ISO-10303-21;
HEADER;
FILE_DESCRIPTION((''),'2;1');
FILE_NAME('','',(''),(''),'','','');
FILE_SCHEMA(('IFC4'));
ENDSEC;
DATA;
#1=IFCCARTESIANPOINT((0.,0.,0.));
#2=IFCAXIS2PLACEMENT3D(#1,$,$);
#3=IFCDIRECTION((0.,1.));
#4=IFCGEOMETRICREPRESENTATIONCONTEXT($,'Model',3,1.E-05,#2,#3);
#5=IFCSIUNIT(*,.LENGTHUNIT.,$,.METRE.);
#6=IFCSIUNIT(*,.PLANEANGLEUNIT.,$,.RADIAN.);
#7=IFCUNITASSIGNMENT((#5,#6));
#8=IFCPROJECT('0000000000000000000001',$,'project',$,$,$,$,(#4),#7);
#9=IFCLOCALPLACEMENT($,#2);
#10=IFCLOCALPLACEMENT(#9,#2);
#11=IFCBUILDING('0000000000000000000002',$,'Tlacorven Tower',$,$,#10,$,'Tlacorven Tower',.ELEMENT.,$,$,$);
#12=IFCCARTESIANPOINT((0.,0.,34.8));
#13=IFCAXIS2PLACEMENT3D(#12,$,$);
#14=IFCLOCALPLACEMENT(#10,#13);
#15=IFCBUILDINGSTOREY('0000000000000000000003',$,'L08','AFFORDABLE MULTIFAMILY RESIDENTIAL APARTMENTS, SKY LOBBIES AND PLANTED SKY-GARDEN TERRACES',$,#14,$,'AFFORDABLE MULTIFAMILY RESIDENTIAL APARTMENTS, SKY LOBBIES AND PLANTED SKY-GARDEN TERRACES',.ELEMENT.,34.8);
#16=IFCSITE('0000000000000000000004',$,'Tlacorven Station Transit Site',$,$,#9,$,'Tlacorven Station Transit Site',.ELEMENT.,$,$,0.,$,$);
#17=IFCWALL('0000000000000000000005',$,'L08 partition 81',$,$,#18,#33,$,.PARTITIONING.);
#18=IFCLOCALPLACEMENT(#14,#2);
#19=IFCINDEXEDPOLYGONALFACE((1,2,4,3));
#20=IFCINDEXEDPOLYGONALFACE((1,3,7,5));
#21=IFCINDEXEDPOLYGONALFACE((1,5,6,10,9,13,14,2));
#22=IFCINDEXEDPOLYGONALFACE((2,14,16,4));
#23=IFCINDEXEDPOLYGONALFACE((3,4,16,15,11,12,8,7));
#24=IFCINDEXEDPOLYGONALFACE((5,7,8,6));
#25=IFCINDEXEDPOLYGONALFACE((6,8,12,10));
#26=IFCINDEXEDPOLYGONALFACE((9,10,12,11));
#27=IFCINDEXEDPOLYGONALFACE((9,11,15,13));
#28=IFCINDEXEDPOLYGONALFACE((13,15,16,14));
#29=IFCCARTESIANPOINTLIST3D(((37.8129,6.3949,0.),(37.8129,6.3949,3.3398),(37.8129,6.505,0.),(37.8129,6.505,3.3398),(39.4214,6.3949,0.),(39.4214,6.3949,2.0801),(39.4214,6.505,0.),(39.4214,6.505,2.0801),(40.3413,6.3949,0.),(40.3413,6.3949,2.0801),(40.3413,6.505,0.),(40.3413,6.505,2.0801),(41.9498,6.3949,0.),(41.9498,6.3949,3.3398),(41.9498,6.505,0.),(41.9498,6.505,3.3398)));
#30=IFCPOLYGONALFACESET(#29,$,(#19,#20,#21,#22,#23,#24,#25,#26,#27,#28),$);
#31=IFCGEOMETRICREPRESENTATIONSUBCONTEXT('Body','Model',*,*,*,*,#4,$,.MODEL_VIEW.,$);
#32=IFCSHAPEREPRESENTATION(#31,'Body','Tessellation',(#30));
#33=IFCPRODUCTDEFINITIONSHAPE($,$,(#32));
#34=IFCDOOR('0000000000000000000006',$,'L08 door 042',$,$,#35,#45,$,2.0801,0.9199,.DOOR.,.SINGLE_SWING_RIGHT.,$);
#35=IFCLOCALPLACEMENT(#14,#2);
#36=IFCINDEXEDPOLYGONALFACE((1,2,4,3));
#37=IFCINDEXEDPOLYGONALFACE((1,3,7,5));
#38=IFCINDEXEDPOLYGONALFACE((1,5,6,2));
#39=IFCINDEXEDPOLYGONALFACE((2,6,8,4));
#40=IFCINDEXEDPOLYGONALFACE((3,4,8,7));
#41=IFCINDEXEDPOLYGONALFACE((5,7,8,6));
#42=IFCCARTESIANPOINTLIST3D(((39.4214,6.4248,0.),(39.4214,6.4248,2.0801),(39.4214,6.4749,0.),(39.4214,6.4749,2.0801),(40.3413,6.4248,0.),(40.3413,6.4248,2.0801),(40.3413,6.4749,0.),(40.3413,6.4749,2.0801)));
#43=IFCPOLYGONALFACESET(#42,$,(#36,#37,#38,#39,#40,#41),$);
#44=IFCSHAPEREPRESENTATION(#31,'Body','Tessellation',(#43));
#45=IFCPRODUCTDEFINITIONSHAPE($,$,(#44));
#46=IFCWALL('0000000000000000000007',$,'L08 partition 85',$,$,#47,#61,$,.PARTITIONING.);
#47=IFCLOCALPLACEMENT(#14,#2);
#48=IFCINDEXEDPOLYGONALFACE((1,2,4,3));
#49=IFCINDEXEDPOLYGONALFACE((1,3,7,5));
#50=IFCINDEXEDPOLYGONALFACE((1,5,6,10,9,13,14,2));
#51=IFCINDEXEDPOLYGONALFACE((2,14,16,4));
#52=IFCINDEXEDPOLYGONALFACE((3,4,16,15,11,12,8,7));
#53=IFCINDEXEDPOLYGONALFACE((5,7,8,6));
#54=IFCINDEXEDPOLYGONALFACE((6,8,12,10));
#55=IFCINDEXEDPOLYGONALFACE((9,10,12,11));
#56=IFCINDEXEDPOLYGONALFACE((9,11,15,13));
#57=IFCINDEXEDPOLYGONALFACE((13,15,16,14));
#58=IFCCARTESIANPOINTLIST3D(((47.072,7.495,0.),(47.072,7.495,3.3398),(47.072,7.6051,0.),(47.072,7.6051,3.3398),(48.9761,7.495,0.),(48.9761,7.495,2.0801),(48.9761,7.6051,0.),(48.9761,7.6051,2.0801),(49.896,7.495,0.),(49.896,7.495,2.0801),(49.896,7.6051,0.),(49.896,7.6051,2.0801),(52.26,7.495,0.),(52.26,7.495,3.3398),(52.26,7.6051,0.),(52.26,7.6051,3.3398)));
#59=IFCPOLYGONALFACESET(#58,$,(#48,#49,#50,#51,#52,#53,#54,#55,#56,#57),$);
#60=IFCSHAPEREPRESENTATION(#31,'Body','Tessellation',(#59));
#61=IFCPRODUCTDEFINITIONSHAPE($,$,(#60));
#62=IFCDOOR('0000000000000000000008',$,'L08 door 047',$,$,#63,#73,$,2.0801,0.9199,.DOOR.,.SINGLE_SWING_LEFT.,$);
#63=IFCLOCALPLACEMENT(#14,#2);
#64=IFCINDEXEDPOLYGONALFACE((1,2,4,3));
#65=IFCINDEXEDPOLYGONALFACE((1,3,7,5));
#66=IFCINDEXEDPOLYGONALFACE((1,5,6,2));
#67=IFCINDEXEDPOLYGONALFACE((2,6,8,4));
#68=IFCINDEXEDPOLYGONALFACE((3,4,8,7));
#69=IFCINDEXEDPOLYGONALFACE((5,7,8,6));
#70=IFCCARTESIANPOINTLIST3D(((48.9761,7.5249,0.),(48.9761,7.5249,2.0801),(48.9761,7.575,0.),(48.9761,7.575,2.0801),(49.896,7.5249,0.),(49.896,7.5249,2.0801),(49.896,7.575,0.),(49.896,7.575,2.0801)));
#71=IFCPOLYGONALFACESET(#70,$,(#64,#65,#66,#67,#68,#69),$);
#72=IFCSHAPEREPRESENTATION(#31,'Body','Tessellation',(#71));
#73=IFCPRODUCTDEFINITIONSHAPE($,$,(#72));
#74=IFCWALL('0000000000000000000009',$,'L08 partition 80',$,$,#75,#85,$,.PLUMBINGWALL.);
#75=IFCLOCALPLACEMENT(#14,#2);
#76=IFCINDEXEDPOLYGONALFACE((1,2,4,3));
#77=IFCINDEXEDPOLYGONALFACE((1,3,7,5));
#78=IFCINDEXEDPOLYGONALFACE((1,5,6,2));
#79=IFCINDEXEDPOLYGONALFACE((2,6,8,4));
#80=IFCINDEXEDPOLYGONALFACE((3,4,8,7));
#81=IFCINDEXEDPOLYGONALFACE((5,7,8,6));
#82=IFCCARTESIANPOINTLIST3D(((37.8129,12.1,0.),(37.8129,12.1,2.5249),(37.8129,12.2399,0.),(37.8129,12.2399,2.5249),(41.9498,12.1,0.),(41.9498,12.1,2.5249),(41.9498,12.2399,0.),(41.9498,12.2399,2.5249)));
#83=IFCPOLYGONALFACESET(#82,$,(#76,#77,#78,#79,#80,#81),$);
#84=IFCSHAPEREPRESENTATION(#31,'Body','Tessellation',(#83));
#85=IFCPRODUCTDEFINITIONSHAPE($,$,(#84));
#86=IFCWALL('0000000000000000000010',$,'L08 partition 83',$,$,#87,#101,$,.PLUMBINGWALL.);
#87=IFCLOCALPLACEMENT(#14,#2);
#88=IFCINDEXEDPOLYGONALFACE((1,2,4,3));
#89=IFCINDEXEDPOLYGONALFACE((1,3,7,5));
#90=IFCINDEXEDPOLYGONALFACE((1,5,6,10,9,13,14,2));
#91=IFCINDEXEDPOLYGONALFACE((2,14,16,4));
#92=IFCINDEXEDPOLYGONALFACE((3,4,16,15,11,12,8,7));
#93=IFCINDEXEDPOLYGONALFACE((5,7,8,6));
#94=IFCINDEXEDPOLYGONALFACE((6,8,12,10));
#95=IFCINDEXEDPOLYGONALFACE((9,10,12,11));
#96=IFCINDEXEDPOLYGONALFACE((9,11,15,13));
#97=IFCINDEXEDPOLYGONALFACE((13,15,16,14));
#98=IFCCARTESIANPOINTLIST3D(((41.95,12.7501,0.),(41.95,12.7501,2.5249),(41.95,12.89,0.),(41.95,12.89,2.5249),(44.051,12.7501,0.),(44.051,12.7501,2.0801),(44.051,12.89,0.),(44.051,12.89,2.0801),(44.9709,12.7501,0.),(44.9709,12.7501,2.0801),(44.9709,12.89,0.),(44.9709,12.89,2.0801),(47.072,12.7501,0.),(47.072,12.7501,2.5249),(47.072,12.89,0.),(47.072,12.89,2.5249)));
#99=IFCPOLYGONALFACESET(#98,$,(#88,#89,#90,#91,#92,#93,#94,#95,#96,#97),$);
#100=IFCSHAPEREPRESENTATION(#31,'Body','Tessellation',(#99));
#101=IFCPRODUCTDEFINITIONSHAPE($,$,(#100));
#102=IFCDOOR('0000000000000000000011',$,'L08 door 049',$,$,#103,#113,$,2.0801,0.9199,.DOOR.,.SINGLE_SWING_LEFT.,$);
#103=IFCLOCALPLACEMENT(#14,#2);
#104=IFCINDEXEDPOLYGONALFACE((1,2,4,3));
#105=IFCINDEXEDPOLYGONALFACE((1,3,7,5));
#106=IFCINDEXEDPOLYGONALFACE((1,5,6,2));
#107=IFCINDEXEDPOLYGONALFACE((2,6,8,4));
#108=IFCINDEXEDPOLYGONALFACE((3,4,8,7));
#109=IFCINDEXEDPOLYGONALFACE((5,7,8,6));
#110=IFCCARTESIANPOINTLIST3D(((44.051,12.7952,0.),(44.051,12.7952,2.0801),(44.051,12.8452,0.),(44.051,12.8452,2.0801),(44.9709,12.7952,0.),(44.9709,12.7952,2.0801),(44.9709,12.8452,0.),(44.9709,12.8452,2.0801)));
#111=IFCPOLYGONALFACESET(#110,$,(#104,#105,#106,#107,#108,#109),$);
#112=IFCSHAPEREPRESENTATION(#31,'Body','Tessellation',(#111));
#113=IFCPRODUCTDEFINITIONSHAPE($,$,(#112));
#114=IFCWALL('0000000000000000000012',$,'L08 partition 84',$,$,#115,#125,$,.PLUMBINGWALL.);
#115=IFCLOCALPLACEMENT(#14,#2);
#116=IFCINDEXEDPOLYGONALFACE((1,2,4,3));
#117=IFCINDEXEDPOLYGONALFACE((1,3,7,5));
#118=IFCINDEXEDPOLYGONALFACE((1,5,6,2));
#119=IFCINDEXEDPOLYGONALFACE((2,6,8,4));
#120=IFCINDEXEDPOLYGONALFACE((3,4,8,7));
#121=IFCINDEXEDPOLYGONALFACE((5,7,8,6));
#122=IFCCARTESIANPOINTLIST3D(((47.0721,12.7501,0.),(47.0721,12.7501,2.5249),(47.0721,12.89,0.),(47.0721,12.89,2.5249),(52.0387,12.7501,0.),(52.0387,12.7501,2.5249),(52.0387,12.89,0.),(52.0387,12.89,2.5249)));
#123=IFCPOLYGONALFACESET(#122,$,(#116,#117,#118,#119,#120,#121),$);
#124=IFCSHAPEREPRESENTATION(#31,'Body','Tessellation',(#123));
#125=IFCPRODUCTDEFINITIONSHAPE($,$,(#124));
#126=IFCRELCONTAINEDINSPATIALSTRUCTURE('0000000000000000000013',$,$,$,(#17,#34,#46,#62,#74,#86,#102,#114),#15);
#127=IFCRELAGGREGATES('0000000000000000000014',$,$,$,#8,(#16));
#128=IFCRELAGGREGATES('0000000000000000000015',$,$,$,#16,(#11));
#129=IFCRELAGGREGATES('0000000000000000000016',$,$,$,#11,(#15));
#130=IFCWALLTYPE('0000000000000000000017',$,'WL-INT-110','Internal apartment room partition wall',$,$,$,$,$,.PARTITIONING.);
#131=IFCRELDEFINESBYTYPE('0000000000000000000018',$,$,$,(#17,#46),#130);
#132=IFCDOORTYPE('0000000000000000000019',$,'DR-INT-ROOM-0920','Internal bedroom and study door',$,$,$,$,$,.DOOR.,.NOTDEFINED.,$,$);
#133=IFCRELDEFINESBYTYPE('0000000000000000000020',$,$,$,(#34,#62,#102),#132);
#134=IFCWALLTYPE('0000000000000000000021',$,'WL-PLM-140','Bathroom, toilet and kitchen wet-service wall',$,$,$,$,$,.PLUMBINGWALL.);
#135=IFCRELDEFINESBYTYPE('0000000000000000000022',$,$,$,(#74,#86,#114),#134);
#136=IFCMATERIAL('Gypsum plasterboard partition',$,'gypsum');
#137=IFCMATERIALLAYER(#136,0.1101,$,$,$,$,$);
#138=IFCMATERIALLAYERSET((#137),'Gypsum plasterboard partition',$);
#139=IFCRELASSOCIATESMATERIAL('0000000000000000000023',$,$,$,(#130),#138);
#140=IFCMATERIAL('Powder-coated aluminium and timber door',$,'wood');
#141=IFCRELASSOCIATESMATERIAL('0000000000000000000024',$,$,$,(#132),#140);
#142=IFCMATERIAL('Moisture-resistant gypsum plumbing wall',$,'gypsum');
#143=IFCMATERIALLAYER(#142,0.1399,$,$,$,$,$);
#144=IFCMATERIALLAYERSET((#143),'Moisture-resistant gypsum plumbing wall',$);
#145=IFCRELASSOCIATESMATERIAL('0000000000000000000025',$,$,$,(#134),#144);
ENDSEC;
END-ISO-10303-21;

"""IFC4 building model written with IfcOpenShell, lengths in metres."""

from ifc_helpers import new_model, si_unit, direction, frame, frame_2d, origin, place, context, subcontext, project, spatial, rectangle, extrude, source, transform, mapped, material, layer, layer_set, type_object, element, fill, save


model = new_model("IFC4")

# Units and contexts
model_context = context("Model", 3, precision=1e-05, world=origin(), true_north=direction((0.0, 1.0)))
body_context = subcontext(model_context, "Body", "Model", "MODEL_VIEW")
ifc_project = project(units=[si_unit("LENGTHUNIT", "METRE"), si_unit("PLANEANGLEUNIT", "RADIAN")], contexts=[model_context])

# Site, building, storey
site_placement = place(None, origin())
site = spatial("IfcSite", under=ifc_project, at=site_placement, Name="Tlacorven Station Transit Site", LongName="Tlacorven Station Transit Site", CompositionType="ELEMENT", RefElevation=0.0)
building_placement = place(site_placement, origin())
building = spatial("IfcBuilding", under=site, at=building_placement, Name="Tlacorven Tower", LongName="Tlacorven Tower", CompositionType="ELEMENT")
storey_placement = place(building_placement, frame((0.0, 0.0, 34.8)))
storey = spatial("IfcBuildingStorey", under=building, at=storey_placement, Name="L08", Description="AFFORDABLE MULTIFAMILY RESIDENTIAL APARTMENTS, SKY LOBBIES AND PLANTED SKY-GARDEN TERRACES", LongName="AFFORDABLE MULTIFAMILY RESIDENTIAL APARTMENTS, SKY LOBBIES AND PLANTED SKY-GARDEN TERRACES", CompositionType="ELEMENT", Elevation=34.8)

# Walls, openings, doors
ifc_material_1 = material(Name="Gypsum plasterboard partition", Category="gypsum")
ifc_layer_1 = layer(ifc_material_1, 0.1101)
ifc_layer_set_1 = layer_set([ifc_layer_1], Name="Gypsum plasterboard partition")
wall_type_1 = type_object("IfcWallType", Name="WL-INT-110", Description="Internal apartment room partition wall", PredefinedType="PARTITIONING", material=ifc_layer_set_1)
wall_1_placement = place(storey_placement, frame((37.813, 6.45, 0.0), z_axis=(0.0, 0.0, 1.0), x_axis=(1.0, 0.0, 0.0)))
wall_1 = element("IfcWall", 1, at=wall_1_placement, inside=storey, type_object=wall_type_1, Name="L08 partition 81", PredefinedType="PARTITIONING", context=body_context, shape_type="SweptSolid", body=[
    extrude(rectangle(XDim=4.137, YDim=0.1101, at=frame_2d((2.0684, 0.0))), origin(), (0.0, 0.0, 1.0), 3.3398),
])
opening_1_placement = place(wall_1_placement, frame((1.6084, 0.0, 0.0)))
opening_1 = element("IfcOpeningElement", 2, at=opening_1_placement, cuts=wall_1, PredefinedType="OPENING", context=body_context, shape_type="SweptSolid", body=[
    extrude(rectangle(XDim=0.9199, YDim=2.0801, at=frame_2d((0.46, 1.04))), frame((0.0, 0.0649, 0.0), z_axis=(0.0, -1.0, 0.0), x_axis=(1.0, 0.0, 0.0)), (0.0, 0.0, 1.0), 0.1301),
])
ifc_material_2 = material(Name="Powder-coated aluminium and timber door", Category="wood")
door_type_1 = type_object("IfcDoorType", Name="DR-INT-ROOM-0920", Description="Internal bedroom and study door", OperationType="NOTDEFINED", PredefinedType="DOOR", material=ifc_material_2)
shared_shape_1 = source(origin(), body_context, "Body", "SweptSolid", [
    extrude(rectangle(XDim=0.9199, YDim=2.0801, at=frame_2d((0.46, 1.04))), frame((0.0, 0.0249, 0.0), z_axis=(0.0, -1.0, 0.0), x_axis=(1.0, 0.0, 0.0)), (0.0, 0.0, 1.0), 0.05),
])
door_1_placement = place(opening_1_placement, origin())
door_1 = element("IfcDoor", 3, at=door_1_placement, inside=storey, type_object=door_type_1, Name="L08 door 042", OperationType="SINGLE_SWING_RIGHT", OverallHeight=2.0801, OverallWidth=0.9199, PredefinedType="DOOR", context=body_context, shape_type="MappedRepresentation", body=[
    mapped(shared_shape_1, transform((0.0, 0.0, 0.0), scale=1.0)),
])
fill(opening_1, door_1)
wall_2_placement = place(storey_placement, frame((47.072, 7.55, 0.0), z_axis=(0.0, 0.0, 1.0), x_axis=(1.0, 0.0, 0.0)))
wall_2 = element("IfcWall", 4, at=wall_2_placement, inside=storey, type_object=wall_type_1, Name="L08 partition 85", PredefinedType="PARTITIONING", context=body_context, shape_type="SweptSolid", body=[
    extrude(rectangle(XDim=5.188, YDim=0.1101, at=frame_2d((2.594, 0.0))), origin(), (0.0, 0.0, 1.0), 3.3398),
])
opening_2_placement = place(wall_2_placement, frame((1.9041, 0.0, 0.0)))
opening_2 = element("IfcOpeningElement", 5, at=opening_2_placement, cuts=wall_2, PredefinedType="OPENING", context=body_context, shape_type="SweptSolid", body=[
    extrude(rectangle(XDim=0.9199, YDim=2.0801, at=frame_2d((0.46, 1.04))), frame((0.0, 0.0649, 0.0), z_axis=(0.0, -1.0, 0.0), x_axis=(1.0, 0.0, 0.0)), (0.0, 0.0, 1.0), 0.1301),
])
door_2_placement = place(opening_2_placement, origin())
door_2 = element("IfcDoor", 6, at=door_2_placement, inside=storey, type_object=door_type_1, Name="L08 door 047", OperationType="SINGLE_SWING_LEFT", OverallHeight=2.0801, OverallWidth=0.9199, PredefinedType="DOOR", context=body_context, shape_type="MappedRepresentation", body=[
    mapped(shared_shape_1, transform((0.0, 0.0, 0.0), scale=1.0)),
])
fill(opening_2, door_2)

# Wall
ifc_material_3 = material(Name="Moisture-resistant gypsum plumbing wall", Category="gypsum")
ifc_layer_2 = layer(ifc_material_3, 0.1399)
ifc_layer_set_2 = layer_set([ifc_layer_2], Name="Moisture-resistant gypsum plumbing wall")
wall_type_2 = type_object("IfcWallType", Name="WL-PLM-140", Description="Bathroom, toilet and kitchen wet-service wall", PredefinedType="PLUMBINGWALL", material=ifc_layer_set_2)
wall_3_placement = place(storey_placement, frame((37.813, 12.1699, 0.0), z_axis=(0.0, 0.0, 1.0), x_axis=(1.0, 0.0, 0.0)))
element("IfcWall", 7, at=wall_3_placement, inside=storey, type_object=wall_type_2, Name="L08 partition 80", PredefinedType="PLUMBINGWALL", context=body_context, shape_type="SweptSolid", body=[
    extrude(rectangle(XDim=4.137, YDim=0.1399, at=frame_2d((2.0684, 0.0))), origin(), (0.0, 0.0, 1.0), 2.5249),
])

# Wall, opening, door
wall_4_placement = place(storey_placement, frame((41.95, 12.8201, 0.0), z_axis=(0.0, 0.0, 1.0), x_axis=(1.0, 0.0, 0.0)))
wall_4 = element("IfcWall", 8, at=wall_4_placement, inside=storey, type_object=wall_type_2, Name="L08 partition 83", PredefinedType="PLUMBINGWALL", context=body_context, shape_type="SweptSolid", body=[
    extrude(rectangle(XDim=5.1221, YDim=0.1399, at=frame_2d((2.561, 0.0))), origin(), (0.0, 0.0, 1.0), 2.5249),
])
opening_3_placement = place(wall_4_placement, frame((2.1011, 0.0, 0.0)))
opening_3 = element("IfcOpeningElement", 9, at=opening_3_placement, cuts=wall_4, PredefinedType="OPENING", context=body_context, shape_type="SweptSolid", body=[
    extrude(rectangle(XDim=0.9199, YDim=2.0801, at=frame_2d((0.46, 1.04))), frame((0.0, 0.0801, 0.0), z_axis=(0.0, -1.0, 0.0), x_axis=(1.0, 0.0, 0.0)), (0.0, 0.0, 1.0), 0.1599),
])
door_3_placement = place(opening_3_placement, frame((0.9199, 0.0, 0.0), z_axis=(0.0, 0.0, 1.0), x_axis=(-1.0, 0.0, 0.0)))
door_3 = element("IfcDoor", 10, at=door_3_placement, inside=storey, type_object=door_type_1, Name="L08 door 049", OperationType="SINGLE_SWING_LEFT", OverallHeight=2.0801, OverallWidth=0.9199, PredefinedType="DOOR", context=body_context, shape_type="MappedRepresentation", body=[
    mapped(shared_shape_1, transform((0.0, 0.0, 0.0), scale=1.0)),
])
fill(opening_3, door_3)

# Wall
wall_5_placement = place(storey_placement, frame((47.072, 12.8201, 0.0), z_axis=(0.0, 0.0, 1.0), x_axis=(1.0, 0.0, 0.0)))
element("IfcWall", 11, at=wall_5_placement, inside=storey, type_object=wall_type_2, Name="L08 partition 84", PredefinedType="PLUMBINGWALL", context=body_context, shape_type="SweptSolid", body=[
    extrude(rectangle(XDim=4.9666, YDim=0.1399, at=frame_2d((2.4834, 0.0))), origin(), (0.0, 0.0, 1.0), 2.5249),
])

save(model, "model.ifc")
